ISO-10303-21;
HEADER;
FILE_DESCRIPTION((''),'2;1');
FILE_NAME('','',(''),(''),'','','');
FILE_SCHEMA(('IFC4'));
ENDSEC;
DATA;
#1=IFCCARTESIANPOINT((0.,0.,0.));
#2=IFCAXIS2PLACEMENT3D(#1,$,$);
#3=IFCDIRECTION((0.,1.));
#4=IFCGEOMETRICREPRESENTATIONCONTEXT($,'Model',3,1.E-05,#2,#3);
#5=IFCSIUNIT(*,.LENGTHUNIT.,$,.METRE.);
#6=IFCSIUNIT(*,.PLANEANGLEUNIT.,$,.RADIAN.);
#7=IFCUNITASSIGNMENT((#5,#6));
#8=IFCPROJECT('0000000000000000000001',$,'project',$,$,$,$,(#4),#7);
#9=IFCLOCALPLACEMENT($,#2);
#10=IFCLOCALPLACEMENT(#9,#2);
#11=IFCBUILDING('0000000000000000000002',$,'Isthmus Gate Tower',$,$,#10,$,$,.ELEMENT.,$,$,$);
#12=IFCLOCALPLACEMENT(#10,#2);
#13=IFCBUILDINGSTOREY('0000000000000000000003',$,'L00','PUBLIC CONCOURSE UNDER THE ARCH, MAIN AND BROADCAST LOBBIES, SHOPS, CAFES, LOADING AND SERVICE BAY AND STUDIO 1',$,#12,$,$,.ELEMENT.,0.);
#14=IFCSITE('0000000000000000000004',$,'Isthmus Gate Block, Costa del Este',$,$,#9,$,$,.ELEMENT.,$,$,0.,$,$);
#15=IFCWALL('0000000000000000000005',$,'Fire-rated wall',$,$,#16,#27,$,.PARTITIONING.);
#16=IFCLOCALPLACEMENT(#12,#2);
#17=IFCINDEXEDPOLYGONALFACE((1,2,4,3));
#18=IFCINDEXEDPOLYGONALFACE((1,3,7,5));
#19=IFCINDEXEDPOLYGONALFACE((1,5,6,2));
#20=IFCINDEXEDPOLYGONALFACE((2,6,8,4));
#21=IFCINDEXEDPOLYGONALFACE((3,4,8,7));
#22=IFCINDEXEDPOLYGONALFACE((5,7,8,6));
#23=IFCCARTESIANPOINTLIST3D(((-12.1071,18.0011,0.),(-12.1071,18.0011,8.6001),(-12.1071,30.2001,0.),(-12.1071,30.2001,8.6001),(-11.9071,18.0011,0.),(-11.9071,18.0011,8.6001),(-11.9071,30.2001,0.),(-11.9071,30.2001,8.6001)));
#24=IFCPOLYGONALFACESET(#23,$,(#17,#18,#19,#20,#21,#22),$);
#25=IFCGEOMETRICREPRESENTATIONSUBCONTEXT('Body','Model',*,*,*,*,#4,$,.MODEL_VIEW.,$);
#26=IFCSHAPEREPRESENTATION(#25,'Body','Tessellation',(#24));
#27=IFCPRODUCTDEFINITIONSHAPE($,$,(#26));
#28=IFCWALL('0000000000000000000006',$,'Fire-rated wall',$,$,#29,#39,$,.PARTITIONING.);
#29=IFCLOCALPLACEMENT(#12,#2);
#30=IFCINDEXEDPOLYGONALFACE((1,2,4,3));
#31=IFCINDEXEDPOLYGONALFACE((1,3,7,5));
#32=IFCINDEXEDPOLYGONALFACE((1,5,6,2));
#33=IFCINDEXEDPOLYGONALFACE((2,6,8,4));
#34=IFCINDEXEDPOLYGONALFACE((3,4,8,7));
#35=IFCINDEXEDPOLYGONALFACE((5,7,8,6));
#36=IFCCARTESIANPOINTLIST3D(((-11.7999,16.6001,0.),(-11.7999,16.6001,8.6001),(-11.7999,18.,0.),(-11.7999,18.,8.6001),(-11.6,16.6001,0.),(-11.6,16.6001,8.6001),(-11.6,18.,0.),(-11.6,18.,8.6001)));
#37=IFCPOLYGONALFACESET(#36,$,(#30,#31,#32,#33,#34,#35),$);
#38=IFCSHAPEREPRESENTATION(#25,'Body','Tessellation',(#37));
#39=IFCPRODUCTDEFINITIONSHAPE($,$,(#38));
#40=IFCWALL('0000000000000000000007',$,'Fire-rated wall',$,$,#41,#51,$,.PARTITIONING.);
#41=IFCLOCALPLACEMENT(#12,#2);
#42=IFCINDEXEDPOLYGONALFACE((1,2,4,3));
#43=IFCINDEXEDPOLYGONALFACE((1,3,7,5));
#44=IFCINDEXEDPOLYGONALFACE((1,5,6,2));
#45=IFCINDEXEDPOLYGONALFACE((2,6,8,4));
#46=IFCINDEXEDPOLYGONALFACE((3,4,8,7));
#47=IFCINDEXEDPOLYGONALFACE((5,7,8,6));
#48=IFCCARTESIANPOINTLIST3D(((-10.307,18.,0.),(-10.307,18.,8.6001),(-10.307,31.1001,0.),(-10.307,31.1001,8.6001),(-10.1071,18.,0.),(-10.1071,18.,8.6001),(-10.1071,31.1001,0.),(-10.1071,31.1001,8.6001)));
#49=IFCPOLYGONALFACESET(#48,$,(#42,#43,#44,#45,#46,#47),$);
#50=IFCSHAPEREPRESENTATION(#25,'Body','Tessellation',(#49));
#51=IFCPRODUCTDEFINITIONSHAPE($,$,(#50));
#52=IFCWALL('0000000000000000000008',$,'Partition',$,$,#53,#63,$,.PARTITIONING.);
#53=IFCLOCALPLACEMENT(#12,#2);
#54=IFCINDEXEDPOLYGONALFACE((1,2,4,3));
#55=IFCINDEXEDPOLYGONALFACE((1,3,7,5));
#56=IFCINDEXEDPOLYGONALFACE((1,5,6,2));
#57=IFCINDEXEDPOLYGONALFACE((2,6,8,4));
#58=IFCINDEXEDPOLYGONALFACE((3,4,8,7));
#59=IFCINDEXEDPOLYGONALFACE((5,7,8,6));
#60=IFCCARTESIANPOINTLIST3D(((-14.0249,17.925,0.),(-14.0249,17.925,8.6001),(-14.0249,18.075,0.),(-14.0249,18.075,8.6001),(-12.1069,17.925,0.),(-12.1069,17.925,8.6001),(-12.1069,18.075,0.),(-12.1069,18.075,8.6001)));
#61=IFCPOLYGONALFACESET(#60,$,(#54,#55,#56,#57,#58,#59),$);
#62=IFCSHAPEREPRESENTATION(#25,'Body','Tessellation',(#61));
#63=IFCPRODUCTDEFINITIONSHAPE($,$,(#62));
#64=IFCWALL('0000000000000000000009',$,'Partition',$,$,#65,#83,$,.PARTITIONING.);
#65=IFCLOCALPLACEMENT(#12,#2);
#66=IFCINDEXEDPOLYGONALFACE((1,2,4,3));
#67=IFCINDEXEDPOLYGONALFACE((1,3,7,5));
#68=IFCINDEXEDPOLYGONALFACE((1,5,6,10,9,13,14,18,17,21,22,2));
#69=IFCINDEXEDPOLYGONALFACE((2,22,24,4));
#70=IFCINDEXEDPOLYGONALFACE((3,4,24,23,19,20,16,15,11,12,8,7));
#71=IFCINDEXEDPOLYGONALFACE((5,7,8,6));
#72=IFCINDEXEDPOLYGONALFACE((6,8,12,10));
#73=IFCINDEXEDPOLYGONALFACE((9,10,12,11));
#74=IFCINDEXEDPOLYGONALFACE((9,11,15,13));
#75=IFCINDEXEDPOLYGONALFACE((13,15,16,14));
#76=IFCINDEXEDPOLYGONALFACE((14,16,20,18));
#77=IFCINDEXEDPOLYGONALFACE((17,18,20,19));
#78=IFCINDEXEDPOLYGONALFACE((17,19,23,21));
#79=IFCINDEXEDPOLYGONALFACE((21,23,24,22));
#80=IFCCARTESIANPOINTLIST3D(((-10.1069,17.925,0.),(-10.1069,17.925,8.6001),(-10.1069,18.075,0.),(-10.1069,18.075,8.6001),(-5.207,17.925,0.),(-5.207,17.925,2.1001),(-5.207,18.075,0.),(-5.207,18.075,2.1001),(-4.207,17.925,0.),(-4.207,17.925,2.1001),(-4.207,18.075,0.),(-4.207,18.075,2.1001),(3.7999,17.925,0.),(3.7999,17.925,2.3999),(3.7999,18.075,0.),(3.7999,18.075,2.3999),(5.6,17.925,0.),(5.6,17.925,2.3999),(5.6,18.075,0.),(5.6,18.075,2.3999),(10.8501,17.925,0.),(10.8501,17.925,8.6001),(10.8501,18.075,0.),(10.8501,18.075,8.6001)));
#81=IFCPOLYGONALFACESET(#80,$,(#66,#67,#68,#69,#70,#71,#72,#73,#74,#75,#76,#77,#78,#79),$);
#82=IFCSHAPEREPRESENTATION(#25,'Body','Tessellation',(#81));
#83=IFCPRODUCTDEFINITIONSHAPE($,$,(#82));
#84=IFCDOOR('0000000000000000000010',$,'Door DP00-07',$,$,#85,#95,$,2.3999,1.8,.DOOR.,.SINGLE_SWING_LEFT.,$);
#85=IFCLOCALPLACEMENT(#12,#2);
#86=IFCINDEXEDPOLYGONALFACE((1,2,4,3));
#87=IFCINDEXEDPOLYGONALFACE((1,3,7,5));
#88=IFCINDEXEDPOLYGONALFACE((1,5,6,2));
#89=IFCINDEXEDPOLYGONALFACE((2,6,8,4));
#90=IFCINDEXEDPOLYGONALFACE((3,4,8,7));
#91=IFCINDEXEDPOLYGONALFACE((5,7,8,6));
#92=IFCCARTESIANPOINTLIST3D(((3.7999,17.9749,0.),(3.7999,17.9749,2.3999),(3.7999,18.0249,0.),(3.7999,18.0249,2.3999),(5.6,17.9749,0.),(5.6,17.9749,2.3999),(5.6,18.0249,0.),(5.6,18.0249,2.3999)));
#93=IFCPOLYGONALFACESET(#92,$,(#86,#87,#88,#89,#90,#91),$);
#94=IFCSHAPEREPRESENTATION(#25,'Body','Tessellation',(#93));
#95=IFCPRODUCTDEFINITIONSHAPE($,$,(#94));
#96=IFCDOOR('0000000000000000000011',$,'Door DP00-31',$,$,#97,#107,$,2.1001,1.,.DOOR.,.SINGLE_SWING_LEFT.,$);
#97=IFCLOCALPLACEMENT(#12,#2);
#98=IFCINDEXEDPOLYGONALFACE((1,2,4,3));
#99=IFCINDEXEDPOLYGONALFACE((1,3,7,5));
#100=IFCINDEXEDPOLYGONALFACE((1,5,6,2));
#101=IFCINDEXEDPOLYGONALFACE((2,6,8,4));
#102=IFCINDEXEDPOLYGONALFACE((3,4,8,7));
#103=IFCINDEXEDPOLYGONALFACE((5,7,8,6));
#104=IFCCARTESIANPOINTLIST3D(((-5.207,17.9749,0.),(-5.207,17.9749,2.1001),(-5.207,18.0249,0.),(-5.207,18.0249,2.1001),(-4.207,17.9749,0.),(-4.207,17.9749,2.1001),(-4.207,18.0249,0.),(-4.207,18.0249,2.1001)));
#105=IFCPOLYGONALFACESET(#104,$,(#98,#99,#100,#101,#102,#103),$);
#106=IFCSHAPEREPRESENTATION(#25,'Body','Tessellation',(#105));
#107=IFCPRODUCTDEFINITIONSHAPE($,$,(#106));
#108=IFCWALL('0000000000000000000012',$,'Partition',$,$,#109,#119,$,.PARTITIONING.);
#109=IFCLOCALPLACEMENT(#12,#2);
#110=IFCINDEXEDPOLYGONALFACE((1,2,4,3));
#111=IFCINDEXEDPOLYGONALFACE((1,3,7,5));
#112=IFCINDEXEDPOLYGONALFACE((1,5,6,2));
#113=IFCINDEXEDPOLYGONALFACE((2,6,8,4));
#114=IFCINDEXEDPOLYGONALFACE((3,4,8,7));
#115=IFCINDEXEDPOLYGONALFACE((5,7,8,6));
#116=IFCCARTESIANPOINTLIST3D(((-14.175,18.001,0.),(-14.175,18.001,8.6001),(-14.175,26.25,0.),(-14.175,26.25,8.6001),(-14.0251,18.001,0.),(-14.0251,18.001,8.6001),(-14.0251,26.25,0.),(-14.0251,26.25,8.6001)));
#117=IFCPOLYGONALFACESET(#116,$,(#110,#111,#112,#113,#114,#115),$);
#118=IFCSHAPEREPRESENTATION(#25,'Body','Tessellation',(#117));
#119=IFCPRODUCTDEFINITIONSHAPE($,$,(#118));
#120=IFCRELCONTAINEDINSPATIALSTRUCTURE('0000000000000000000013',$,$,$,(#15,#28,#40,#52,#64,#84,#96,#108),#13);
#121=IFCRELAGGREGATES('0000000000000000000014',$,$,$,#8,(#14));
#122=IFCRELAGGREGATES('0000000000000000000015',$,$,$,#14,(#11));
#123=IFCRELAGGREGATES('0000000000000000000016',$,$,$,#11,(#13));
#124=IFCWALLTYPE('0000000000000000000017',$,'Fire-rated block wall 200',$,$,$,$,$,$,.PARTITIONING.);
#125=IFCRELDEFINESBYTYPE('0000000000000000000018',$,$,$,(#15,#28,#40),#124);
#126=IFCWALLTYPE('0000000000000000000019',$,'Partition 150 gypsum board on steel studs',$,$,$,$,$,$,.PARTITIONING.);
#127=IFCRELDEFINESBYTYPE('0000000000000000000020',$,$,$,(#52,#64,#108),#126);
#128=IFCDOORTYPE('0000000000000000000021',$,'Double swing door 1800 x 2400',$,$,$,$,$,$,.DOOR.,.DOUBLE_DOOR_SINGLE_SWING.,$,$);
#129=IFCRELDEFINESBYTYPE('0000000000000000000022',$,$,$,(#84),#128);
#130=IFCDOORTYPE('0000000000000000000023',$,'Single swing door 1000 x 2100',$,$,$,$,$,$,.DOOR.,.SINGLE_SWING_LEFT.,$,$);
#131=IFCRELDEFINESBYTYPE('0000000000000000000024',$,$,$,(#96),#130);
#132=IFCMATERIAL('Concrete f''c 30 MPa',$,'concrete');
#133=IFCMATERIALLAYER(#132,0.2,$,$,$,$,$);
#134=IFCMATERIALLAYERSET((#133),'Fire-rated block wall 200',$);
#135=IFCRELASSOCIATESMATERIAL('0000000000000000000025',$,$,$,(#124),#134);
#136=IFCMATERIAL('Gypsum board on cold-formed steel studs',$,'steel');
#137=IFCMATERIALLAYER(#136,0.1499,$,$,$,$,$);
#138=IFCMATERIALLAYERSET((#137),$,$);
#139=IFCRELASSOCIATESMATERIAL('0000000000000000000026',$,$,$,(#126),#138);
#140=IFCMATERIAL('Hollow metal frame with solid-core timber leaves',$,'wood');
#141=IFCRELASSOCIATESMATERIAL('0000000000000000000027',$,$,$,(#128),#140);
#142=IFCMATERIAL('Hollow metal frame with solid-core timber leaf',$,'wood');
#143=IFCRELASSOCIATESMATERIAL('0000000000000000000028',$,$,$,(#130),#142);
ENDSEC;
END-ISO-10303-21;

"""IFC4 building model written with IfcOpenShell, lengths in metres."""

from ifc_helpers import new_model, si_unit, direction, frame, frame_2d, origin, place, context, subcontext, project, spatial, rectangle, extrude, material, layer, layer_set, type_object, element, fill, save


model = new_model("IFC4")

# Units and contexts
model_context = context("Model", 3, precision=1e-05, world=origin(), true_north=direction((0.0, 1.0)))
body_context = subcontext(model_context, "Body", "Model", "MODEL_VIEW")
ifc_project = project(units=[si_unit("LENGTHUNIT", "METRE"), si_unit("PLANEANGLEUNIT", "RADIAN")], contexts=[model_context])

# Site, building, storey
site_placement = place(None, origin())
site = spatial("IfcSite", under=ifc_project, at=site_placement, Name="Isthmus Gate Block, Costa del Este", CompositionType="ELEMENT", RefElevation=0.0)
building_placement = place(site_placement, origin())
building = spatial("IfcBuilding", under=site, at=building_placement, Name="Isthmus Gate Tower", CompositionType="ELEMENT")
storey_placement = place(building_placement, origin())
storey = spatial("IfcBuildingStorey", under=building, at=storey_placement, Name="L00", Description="PUBLIC CONCOURSE UNDER THE ARCH, MAIN AND BROADCAST LOBBIES, SHOPS, CAFES, LOADING AND SERVICE BAY AND STUDIO 1", CompositionType="ELEMENT", Elevation=0.0)

# Walls
ifc_material_1 = material(Name="Concrete f'c 30 MPa", Category="concrete")
ifc_layer_1 = layer(ifc_material_1, 0.2)
ifc_layer_set_1 = layer_set([ifc_layer_1], Name="Fire-rated block wall 200")
wall_type_1 = type_object("IfcWallType", Name="Fire-rated block wall 200", PredefinedType="PARTITIONING", material=ifc_layer_set_1)
wall_1_placement = place(storey_placement, frame((-12.0071, 18.001, 0.0), z_axis=(0.0, 0.0, 1.0), x_axis=(0.0, 1.0, 0.0)))
element("IfcWall", 1, at=wall_1_placement, inside=storey, type_object=wall_type_1, Name="Fire-rated wall", PredefinedType="PARTITIONING", context=body_context, shape_type="SweptSolid", body=[
    extrude(rectangle(XDim=12.199, YDim=0.2, at=frame_2d((6.0996, 0.0))), origin(), (0.0, 0.0, 1.0), 8.6001),
])
wall_2_placement = place(storey_placement, frame((-11.7, 16.6001, 0.0), z_axis=(0.0, 0.0, 1.0), x_axis=(0.0, 1.0, 0.0)))
element("IfcWall", 2, at=wall_2_placement, inside=storey, type_object=wall_type_1, Name="Fire-rated wall", PredefinedType="PARTITIONING", context=body_context, shape_type="SweptSolid", body=[
    extrude(rectangle(XDim=1.3999, YDim=0.2, at=frame_2d((0.7, 0.0))), origin(), (0.0, 0.0, 1.0), 8.6001),
])
wall_3_placement = place(storey_placement, frame((-10.207, 18.0, 0.0), z_axis=(0.0, 0.0, 1.0), x_axis=(0.0, 1.0, 0.0)))
element("IfcWall", 3, at=wall_3_placement, inside=storey, type_object=wall_type_1, Name="Fire-rated wall", PredefinedType="PARTITIONING", context=body_context, shape_type="SweptSolid", body=[
    extrude(rectangle(XDim=13.1001, YDim=0.2, at=frame_2d((6.55, 0.0))), origin(), (0.0, 0.0, 1.0), 8.6001),
])
ifc_material_2 = material(Name="Gypsum board on cold-formed steel studs", Category="steel")
ifc_layer_2 = layer(ifc_material_2, 0.1499)
ifc_layer_set_2 = layer_set([ifc_layer_2])
wall_type_2 = type_object("IfcWallType", Name="Partition 150 gypsum board on steel studs", PredefinedType="PARTITIONING", material=ifc_layer_set_2)
wall_4_placement = place(storey_placement, frame((-14.0249, 18.0, 0.0), z_axis=(0.0, 0.0, 1.0), x_axis=(1.0, 0.0, 0.0)))
element("IfcWall", 4, at=wall_4_placement, inside=storey, type_object=wall_type_2, Name="Partition", PredefinedType="PARTITIONING", context=body_context, shape_type="SweptSolid", body=[
    extrude(rectangle(XDim=1.918, YDim=0.1499, at=frame_2d((0.959, 0.0))), origin(), (0.0, 0.0, 1.0), 8.6001),
])

# Wall, openings, doors
wall_5_placement = place(storey_placement, frame((-10.1069, 18.0, 0.0), z_axis=(0.0, 0.0, 1.0), x_axis=(1.0, 0.0, 0.0)))
wall_5 = element("IfcWall", 5, at=wall_5_placement, inside=storey, type_object=wall_type_2, Name="Partition", PredefinedType="PARTITIONING", context=body_context, shape_type="SweptSolid", body=[
    extrude(rectangle(XDim=20.957, YDim=0.1499, at=frame_2d((10.4785, 0.0))), origin(), (0.0, 0.0, 1.0), 8.6001),
])
opening_1_placement = place(wall_5_placement, frame((13.907, 0.0, 0.0)))
opening_1 = element("IfcOpeningElement", 6, at=opening_1_placement, cuts=wall_5, PredefinedType="OPENING", context=body_context, shape_type="SweptSolid", body=[
    extrude(rectangle(XDim=1.8, YDim=2.3999, at=frame_2d((0.8999, 1.2))), frame((0.0, 0.085, 0.0), z_axis=(0.0, -1.0, 0.0), x_axis=(1.0, 0.0, 0.0)), (0.0, 0.0, 1.0), 0.1699),
])
opening_2_placement = place(wall_5_placement, frame((4.8999, 0.0, 0.0)))
opening_2 = element("IfcOpeningElement", 7, at=opening_2_placement, cuts=wall_5, PredefinedType="OPENING", context=body_context, shape_type="SweptSolid", body=[
    extrude(rectangle(XDim=1.0, YDim=2.1001, at=frame_2d((0.5, 1.05))), frame((0.0, 0.085, 0.0), z_axis=(0.0, -1.0, 0.0), x_axis=(1.0, 0.0, 0.0)), (0.0, 0.0, 1.0), 0.1699),
])
ifc_material_3 = material(Name="Hollow metal frame with solid-core timber leaves", Category="wood")
door_type_1 = type_object("IfcDoorType", Name="Double swing door 1800 x 2400", OperationType="DOUBLE_DOOR_SINGLE_SWING", PredefinedType="DOOR", material=ifc_material_3)
door_1_placement = place(opening_1_placement, origin())
door_1 = element("IfcDoor", 8, at=door_1_placement, inside=storey, type_object=door_type_1, Name="Door DP00-07", OperationType="SINGLE_SWING_LEFT", OverallHeight=2.3999, OverallWidth=1.8, PredefinedType="DOOR", context=body_context, shape_type="SweptSolid", body=[
    extrude(rectangle(XDim=1.8, YDim=2.3999, at=frame_2d((0.8999, 1.2))), frame((0.0, 0.0249, 0.0), z_axis=(0.0, -1.0, 0.0), x_axis=(1.0, 0.0, 0.0)), (0.0, 0.0, 1.0), 0.05),
])
fill(opening_1, door_1)
ifc_material_4 = material(Name="Hollow metal frame with solid-core timber leaf", Category="wood")
door_type_2 = type_object("IfcDoorType", Name="Single swing door 1000 x 2100", OperationType="SINGLE_SWING_LEFT", PredefinedType="DOOR", material=ifc_material_4)
door_2_placement = place(opening_2_placement, origin())
door_2 = element("IfcDoor", 9, at=door_2_placement, inside=storey, type_object=door_type_2, Name="Door DP00-31", OperationType="SINGLE_SWING_LEFT", OverallHeight=2.1001, OverallWidth=1.0, PredefinedType="DOOR", context=body_context, shape_type="SweptSolid", body=[
    extrude(rectangle(XDim=1.0, YDim=2.1001, at=frame_2d((0.5, 1.05))), frame((0.0, 0.0249, 0.0), z_axis=(0.0, -1.0, 0.0), x_axis=(1.0, 0.0, 0.0)), (0.0, 0.0, 1.0), 0.05),
])
fill(opening_2, door_2)

# Wall
wall_6_placement = place(storey_placement, frame((-14.1001, 18.001, 0.0), z_axis=(0.0, 0.0, 1.0), x_axis=(0.0, 1.0, 0.0)))
element("IfcWall", 10, at=wall_6_placement, inside=storey, type_object=wall_type_2, Name="Partition", PredefinedType="PARTITIONING", context=body_context, shape_type="SweptSolid", body=[
    extrude(rectangle(XDim=8.249, YDim=0.1499, at=frame_2d((4.1245, 0.0))), origin(), (0.0, 0.0, 1.0), 8.6001),
])

save(model, "model.ifc")
